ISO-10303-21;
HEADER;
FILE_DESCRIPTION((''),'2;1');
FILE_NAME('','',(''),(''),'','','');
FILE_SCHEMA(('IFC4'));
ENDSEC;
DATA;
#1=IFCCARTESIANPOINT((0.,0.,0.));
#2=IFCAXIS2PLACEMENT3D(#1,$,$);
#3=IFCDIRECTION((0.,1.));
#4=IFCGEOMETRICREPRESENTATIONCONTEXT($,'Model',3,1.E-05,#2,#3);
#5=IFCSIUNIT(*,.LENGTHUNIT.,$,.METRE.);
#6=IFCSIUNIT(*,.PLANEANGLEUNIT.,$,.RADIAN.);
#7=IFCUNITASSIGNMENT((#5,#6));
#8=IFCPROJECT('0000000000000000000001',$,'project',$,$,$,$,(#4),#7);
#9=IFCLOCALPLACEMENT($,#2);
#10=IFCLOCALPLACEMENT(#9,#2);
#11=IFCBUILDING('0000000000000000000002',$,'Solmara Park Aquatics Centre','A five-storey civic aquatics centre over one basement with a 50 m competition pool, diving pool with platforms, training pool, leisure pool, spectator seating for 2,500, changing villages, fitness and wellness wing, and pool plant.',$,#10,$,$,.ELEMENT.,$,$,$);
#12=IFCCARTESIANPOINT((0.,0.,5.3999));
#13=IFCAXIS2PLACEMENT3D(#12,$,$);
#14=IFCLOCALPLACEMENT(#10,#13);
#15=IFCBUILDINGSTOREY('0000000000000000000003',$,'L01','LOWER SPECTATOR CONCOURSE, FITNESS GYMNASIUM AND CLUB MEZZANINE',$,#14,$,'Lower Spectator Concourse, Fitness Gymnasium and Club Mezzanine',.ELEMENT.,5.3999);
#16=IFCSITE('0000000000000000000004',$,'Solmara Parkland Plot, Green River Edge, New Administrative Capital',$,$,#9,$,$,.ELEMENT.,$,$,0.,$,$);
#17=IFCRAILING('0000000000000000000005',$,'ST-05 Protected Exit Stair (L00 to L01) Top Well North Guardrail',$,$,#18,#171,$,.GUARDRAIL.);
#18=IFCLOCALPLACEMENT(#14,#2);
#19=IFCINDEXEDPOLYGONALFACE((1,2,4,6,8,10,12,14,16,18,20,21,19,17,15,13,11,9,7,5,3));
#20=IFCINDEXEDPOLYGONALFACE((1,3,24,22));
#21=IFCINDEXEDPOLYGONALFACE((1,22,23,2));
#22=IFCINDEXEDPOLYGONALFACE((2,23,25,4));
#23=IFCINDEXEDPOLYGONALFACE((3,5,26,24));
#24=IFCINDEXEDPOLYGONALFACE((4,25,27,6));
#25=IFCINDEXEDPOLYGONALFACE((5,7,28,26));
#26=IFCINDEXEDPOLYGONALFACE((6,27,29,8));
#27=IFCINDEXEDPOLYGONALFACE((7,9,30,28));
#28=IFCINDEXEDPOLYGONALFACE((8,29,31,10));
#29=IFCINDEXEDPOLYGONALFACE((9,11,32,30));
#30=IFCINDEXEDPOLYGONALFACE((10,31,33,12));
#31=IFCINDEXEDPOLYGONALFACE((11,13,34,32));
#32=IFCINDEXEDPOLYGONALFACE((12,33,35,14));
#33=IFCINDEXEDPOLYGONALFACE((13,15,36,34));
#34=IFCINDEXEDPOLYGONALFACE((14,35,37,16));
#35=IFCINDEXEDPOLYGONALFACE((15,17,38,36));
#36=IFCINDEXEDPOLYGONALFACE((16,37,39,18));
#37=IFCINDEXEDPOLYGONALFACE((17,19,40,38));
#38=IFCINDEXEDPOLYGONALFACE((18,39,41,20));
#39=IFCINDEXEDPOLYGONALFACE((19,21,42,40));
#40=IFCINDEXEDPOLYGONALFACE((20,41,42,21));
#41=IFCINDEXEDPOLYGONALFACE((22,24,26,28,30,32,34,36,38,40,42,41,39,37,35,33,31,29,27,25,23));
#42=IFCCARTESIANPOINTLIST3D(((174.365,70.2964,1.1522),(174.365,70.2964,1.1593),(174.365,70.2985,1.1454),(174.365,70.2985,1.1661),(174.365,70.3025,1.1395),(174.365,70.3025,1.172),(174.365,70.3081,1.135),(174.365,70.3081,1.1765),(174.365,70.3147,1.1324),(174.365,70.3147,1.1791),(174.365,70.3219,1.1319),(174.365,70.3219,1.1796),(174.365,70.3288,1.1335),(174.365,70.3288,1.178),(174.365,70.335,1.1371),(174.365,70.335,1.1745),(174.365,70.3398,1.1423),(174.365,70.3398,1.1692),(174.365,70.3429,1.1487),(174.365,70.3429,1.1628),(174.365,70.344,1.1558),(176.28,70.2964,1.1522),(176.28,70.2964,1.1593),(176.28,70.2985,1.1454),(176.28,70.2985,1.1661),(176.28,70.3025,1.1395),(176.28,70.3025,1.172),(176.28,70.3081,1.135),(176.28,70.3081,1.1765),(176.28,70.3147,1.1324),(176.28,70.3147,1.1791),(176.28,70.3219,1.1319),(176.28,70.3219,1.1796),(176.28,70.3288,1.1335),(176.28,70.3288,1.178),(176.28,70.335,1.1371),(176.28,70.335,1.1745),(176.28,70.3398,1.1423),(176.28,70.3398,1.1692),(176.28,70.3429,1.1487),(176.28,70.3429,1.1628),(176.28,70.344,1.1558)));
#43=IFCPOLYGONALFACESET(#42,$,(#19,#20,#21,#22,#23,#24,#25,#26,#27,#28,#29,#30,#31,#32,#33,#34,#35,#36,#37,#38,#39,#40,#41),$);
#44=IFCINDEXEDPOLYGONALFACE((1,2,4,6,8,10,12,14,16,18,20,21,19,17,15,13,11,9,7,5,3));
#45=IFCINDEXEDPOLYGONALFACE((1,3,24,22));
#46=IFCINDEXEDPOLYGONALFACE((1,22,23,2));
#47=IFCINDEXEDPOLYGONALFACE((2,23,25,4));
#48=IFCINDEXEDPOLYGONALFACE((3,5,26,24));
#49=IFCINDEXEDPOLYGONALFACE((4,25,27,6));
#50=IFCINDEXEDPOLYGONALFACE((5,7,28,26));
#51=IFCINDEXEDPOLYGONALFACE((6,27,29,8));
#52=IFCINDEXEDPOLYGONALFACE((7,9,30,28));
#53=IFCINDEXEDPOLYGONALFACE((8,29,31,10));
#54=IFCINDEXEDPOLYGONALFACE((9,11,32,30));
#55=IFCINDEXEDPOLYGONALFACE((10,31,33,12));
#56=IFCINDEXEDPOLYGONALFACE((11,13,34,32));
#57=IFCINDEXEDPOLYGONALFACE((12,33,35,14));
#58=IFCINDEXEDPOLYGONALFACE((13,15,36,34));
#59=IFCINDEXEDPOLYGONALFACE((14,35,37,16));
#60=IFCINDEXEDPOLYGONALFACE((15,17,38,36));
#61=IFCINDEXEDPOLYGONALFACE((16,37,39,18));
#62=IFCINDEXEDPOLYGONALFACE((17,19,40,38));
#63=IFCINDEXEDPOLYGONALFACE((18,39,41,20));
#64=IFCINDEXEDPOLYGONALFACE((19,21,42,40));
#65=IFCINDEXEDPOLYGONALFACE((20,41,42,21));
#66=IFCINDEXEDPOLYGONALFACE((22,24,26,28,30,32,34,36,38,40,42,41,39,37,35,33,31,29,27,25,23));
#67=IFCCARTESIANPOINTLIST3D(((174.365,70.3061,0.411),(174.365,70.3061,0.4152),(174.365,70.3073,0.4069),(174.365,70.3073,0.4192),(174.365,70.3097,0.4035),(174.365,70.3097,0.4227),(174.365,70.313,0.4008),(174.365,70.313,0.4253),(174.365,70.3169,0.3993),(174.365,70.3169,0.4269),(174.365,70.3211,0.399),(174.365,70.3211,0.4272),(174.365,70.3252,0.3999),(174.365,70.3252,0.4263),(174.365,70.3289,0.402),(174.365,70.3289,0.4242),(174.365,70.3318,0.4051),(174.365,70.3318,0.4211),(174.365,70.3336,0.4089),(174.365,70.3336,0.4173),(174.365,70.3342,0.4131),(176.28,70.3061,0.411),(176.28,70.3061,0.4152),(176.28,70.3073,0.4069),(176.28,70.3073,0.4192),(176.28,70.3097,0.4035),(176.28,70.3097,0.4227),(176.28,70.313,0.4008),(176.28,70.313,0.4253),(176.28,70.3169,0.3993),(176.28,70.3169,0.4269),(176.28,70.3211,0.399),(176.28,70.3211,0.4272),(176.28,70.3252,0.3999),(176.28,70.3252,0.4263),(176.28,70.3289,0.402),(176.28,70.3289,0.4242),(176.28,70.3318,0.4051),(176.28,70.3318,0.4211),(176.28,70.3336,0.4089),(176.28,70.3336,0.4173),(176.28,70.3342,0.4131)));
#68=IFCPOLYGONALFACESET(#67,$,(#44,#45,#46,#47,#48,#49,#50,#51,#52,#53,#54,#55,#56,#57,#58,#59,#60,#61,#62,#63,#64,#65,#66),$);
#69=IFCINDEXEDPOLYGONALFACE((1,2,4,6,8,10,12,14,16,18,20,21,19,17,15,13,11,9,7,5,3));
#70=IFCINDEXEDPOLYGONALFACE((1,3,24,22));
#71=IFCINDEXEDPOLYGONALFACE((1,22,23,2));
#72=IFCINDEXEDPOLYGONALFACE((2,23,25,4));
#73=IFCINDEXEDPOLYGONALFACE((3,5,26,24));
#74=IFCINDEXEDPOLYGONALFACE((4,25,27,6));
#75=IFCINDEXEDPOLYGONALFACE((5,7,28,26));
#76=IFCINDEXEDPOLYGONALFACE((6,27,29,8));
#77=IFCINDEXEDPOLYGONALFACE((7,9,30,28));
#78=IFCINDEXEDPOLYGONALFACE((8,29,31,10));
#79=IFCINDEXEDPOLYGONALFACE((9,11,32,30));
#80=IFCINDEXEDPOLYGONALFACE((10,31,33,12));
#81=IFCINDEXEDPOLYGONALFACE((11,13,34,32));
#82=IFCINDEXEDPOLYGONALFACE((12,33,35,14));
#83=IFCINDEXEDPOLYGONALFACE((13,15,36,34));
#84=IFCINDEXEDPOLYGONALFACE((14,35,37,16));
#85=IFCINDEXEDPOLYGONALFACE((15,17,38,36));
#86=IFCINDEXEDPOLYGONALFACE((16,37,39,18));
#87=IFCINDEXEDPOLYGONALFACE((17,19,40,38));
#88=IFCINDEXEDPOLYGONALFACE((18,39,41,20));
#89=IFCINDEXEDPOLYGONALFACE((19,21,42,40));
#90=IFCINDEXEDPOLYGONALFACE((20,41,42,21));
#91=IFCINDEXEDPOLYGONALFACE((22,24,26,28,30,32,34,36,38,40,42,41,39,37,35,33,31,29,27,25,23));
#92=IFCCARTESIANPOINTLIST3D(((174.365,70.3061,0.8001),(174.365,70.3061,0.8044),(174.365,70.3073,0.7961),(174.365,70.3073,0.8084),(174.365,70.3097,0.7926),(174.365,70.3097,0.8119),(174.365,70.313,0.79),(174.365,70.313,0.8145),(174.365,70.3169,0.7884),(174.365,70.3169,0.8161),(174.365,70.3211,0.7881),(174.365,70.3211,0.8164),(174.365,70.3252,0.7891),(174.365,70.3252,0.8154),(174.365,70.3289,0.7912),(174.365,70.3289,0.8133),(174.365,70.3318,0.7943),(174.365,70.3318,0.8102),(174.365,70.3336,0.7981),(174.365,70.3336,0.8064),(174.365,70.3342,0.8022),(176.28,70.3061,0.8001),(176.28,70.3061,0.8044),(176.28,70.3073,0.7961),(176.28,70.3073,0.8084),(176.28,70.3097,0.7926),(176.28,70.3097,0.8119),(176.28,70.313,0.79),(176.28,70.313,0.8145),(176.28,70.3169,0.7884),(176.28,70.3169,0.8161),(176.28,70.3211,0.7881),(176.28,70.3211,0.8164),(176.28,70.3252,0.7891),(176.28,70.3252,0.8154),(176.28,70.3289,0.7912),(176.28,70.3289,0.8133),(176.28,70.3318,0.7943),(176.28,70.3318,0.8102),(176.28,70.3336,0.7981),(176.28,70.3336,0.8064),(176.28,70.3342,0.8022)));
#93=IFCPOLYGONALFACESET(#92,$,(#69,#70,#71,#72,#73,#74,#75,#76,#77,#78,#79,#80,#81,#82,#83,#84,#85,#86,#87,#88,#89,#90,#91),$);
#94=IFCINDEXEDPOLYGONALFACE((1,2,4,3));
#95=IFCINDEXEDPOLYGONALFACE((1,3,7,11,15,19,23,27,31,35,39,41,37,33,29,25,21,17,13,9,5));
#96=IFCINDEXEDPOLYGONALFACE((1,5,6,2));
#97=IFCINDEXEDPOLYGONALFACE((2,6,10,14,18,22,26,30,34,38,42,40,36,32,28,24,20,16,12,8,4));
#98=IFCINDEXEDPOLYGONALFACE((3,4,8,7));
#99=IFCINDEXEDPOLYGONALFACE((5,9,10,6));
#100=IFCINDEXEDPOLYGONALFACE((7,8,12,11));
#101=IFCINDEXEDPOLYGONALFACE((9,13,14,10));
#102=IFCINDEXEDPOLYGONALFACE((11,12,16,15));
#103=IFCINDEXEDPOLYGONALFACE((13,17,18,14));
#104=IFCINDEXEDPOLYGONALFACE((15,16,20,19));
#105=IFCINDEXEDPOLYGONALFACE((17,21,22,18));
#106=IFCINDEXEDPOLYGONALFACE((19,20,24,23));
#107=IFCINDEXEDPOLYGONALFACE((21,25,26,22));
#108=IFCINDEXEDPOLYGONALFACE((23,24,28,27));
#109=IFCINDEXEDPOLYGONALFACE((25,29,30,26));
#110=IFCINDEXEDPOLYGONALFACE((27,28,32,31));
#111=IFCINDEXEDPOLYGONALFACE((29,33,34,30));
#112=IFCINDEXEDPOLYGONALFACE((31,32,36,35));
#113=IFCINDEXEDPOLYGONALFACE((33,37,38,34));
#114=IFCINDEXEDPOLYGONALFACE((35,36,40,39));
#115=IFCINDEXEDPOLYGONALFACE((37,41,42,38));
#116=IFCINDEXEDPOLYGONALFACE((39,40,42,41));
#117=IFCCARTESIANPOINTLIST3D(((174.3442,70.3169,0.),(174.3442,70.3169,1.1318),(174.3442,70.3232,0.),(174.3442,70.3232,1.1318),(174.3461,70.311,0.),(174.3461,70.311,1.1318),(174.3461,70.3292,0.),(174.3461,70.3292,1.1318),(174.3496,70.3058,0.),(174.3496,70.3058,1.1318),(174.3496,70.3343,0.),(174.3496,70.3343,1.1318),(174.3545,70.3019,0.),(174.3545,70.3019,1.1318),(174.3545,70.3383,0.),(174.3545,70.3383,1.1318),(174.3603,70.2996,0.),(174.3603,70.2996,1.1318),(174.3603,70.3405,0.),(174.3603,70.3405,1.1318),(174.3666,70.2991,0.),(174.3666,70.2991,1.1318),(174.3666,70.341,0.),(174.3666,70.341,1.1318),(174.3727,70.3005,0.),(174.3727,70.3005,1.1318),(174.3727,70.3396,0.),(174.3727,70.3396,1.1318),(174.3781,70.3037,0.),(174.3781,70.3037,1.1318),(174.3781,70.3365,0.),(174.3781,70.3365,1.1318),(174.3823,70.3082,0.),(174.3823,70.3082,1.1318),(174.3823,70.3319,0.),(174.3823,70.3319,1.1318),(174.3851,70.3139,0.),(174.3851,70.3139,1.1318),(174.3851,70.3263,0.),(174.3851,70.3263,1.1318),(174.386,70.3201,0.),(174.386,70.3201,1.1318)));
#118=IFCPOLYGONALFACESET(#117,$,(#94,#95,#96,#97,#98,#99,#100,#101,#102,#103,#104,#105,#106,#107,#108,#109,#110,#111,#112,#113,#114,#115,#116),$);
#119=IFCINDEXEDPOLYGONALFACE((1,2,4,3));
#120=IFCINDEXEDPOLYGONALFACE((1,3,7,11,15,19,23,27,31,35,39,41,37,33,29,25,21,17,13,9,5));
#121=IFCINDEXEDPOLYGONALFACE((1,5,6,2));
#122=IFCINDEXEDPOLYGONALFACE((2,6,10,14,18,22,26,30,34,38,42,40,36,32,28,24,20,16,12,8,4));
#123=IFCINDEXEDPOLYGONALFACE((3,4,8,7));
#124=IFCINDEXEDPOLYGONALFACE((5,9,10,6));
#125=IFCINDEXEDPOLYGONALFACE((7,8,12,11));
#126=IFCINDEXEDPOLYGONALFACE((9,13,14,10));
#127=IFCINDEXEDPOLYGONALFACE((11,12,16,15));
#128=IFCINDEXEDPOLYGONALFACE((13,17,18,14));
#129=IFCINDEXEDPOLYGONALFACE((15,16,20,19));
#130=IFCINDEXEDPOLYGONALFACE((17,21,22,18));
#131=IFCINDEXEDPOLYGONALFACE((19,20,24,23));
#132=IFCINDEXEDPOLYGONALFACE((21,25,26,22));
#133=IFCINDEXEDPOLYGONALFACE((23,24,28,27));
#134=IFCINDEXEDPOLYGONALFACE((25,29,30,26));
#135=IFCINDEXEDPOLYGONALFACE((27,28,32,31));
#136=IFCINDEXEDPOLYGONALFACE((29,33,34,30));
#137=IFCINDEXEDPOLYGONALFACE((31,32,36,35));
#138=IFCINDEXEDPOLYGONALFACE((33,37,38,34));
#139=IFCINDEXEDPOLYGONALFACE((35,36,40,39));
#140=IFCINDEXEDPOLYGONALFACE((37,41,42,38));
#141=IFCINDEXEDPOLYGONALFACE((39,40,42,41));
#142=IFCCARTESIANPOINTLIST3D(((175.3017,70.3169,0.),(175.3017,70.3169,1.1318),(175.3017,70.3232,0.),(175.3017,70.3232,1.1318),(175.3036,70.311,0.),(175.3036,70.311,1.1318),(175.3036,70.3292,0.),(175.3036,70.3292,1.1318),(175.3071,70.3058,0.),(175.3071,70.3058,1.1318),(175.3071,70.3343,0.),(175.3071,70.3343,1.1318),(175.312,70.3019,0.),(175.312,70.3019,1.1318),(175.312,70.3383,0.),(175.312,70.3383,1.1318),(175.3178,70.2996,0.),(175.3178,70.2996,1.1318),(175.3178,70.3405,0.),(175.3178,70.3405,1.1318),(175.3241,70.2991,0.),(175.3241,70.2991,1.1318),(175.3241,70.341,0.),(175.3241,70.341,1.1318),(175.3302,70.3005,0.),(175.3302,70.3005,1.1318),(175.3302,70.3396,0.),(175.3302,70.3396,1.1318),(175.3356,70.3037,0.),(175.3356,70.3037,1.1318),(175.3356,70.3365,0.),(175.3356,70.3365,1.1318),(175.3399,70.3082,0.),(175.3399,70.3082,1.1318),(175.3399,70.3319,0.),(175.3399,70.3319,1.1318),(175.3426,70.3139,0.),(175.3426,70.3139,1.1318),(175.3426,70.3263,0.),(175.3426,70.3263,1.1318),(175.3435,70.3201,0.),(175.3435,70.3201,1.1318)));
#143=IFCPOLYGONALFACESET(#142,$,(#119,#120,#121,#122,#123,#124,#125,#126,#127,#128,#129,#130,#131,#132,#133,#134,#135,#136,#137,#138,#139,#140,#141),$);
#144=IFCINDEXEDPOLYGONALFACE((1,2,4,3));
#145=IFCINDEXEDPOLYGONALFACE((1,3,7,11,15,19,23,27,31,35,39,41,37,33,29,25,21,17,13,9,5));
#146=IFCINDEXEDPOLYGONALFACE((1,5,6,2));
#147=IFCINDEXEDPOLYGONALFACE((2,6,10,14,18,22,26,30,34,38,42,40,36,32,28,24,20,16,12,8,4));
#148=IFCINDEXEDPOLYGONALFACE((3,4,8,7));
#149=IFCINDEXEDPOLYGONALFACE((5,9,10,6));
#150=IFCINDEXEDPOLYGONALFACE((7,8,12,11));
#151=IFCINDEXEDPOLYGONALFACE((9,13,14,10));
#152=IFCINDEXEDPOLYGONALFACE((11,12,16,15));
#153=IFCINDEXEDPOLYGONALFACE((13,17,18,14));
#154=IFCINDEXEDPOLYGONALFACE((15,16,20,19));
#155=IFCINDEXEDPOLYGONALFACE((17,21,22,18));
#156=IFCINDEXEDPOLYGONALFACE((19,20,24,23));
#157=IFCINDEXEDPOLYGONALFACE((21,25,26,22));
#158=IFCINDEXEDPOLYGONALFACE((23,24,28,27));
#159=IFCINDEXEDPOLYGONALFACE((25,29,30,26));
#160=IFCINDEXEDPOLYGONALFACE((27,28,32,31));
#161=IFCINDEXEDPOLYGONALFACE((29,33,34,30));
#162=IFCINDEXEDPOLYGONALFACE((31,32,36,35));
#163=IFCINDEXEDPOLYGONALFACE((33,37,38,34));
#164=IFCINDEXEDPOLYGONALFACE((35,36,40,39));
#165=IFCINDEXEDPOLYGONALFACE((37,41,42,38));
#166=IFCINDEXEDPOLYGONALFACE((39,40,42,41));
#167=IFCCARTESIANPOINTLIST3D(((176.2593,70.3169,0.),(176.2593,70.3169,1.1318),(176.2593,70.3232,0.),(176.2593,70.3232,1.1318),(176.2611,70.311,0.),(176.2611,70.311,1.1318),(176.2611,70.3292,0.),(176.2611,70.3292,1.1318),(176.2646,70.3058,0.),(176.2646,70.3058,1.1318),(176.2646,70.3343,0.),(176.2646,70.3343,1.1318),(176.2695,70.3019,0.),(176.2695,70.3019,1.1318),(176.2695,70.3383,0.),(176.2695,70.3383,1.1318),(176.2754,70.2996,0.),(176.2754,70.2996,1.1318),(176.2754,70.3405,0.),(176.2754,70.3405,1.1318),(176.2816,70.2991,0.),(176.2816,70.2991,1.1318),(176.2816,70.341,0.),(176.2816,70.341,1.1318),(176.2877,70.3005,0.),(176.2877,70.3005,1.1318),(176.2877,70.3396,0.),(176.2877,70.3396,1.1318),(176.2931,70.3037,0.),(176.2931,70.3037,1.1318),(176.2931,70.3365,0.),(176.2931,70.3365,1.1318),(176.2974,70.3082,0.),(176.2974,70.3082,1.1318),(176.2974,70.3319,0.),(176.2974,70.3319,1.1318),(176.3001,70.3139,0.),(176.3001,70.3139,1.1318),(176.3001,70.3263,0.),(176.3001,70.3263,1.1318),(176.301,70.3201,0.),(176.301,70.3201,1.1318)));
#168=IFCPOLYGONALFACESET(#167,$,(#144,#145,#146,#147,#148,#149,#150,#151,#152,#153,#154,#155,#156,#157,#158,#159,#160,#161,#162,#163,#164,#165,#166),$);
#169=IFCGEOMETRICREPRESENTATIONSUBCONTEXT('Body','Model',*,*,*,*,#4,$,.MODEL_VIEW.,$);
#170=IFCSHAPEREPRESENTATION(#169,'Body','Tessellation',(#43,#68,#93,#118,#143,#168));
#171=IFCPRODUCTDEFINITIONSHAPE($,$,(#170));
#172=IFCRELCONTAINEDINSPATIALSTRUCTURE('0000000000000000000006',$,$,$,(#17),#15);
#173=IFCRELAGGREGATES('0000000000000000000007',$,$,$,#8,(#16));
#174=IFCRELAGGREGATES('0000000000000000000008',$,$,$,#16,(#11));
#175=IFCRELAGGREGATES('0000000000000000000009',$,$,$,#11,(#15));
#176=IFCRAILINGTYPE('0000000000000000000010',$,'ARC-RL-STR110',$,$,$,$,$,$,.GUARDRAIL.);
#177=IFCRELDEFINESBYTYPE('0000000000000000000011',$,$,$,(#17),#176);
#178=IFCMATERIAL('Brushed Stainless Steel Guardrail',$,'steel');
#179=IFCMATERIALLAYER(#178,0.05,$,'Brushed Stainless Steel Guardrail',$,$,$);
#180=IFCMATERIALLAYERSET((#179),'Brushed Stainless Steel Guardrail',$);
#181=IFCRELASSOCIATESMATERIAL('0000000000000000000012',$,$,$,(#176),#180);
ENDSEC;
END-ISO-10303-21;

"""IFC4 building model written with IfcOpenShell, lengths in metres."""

from ifc_helpers import new_model, si_unit, direction, frame, origin, origin_2d, place, context, subcontext, project, spatial, circle, extrude, material, layer, layer_set, type_object, element, save


model = new_model("IFC4")

# Units and contexts
model_context = context("Model", 3, precision=1e-05, world=origin(), true_north=direction((0.0, 1.0)))
body_context = subcontext(model_context, "Body", "Model", "MODEL_VIEW")
ifc_project = project(units=[si_unit("LENGTHUNIT", "METRE"), si_unit("PLANEANGLEUNIT", "RADIAN")], contexts=[model_context])

# Site, building, storey
site_placement = place(None, origin())
site = spatial("IfcSite", under=ifc_project, at=site_placement, Name="Solmara Parkland Plot, Green River Edge, New Administrative Capital", CompositionType="ELEMENT", RefElevation=0.0)
building_placement = place(site_placement, origin())
building = spatial("IfcBuilding", under=site, at=building_placement, Name="Solmara Park Aquatics Centre", Description="A five-storey civic aquatics centre over one basement with a 50 m competition pool, diving pool with platforms, training pool, leisure pool, spectator seating for 2,500, changing villages, fitness and wellness wing, and pool plant.", CompositionType="ELEMENT")
storey_placement = place(building_placement, frame((0.0, 0.0, 5.3999)))
storey = spatial("IfcBuildingStorey", under=building, at=storey_placement, Name="L01", Description="LOWER SPECTATOR CONCOURSE, FITNESS GYMNASIUM AND CLUB MEZZANINE", LongName="Lower Spectator Concourse, Fitness Gymnasium and Club Mezzanine", CompositionType="ELEMENT", Elevation=5.3999)

# Railing
ifc_material_1 = material(Name="Brushed Stainless Steel Guardrail", Category="steel")
ifc_layer_1 = layer(ifc_material_1, 0.05, Name="Brushed Stainless Steel Guardrail")
ifc_layer_set_1 = layer_set([ifc_layer_1], Name="Brushed Stainless Steel Guardrail")
railing_type_1 = type_object("IfcRailingType", Name="ARC-RL-STR110", PredefinedType="GUARDRAIL", material=ifc_layer_set_1)
railing_1_placement = place(storey_placement, frame((174.365, 70.3201, 0.0)))
element("IfcRailing", 1, at=railing_1_placement, inside=storey, type_object=railing_type_1, Name="ST-05 Protected Exit Stair (L00 to L01) Top Well North Guardrail", PredefinedType="GUARDRAIL", context=body_context, shape_type="SweptSolid", body=[
    extrude(circle(Radius=0.0239, at=origin_2d()), frame((0.0, 0.0, 1.1558), z_axis=(1.0, 0.0, 0.0), x_axis=(0.0, 1.0, 0.0)), (0.0, 0.0, 1.0), 1.915),
    extrude(circle(Radius=0.0142, at=origin_2d()), frame((0.0, 0.0, 0.4131), z_axis=(1.0, 0.0, 0.0), x_axis=(0.0, 1.0, 0.0)), (0.0, 0.0, 1.0), 1.915),
    extrude(circle(Radius=0.0142, at=origin_2d()), frame((0.0, 0.0, 0.8022), z_axis=(1.0, 0.0, 0.0), x_axis=(0.0, 1.0, 0.0)), (0.0, 0.0, 1.0), 1.915),
    extrude(circle(Radius=0.021, at=origin_2d()), origin(), (0.0, 0.0, 1.0), 1.1318),
    extrude(circle(Radius=0.021, at=origin_2d()), frame((0.9575, 0.0, 0.0)), (0.0, 0.0, 1.0), 1.1318),
    extrude(circle(Radius=0.021, at=origin_2d()), frame((1.915, 0.0, 0.0)), (0.0, 0.0, 1.0), 1.1318),
])

save(model, "model.ifc")
